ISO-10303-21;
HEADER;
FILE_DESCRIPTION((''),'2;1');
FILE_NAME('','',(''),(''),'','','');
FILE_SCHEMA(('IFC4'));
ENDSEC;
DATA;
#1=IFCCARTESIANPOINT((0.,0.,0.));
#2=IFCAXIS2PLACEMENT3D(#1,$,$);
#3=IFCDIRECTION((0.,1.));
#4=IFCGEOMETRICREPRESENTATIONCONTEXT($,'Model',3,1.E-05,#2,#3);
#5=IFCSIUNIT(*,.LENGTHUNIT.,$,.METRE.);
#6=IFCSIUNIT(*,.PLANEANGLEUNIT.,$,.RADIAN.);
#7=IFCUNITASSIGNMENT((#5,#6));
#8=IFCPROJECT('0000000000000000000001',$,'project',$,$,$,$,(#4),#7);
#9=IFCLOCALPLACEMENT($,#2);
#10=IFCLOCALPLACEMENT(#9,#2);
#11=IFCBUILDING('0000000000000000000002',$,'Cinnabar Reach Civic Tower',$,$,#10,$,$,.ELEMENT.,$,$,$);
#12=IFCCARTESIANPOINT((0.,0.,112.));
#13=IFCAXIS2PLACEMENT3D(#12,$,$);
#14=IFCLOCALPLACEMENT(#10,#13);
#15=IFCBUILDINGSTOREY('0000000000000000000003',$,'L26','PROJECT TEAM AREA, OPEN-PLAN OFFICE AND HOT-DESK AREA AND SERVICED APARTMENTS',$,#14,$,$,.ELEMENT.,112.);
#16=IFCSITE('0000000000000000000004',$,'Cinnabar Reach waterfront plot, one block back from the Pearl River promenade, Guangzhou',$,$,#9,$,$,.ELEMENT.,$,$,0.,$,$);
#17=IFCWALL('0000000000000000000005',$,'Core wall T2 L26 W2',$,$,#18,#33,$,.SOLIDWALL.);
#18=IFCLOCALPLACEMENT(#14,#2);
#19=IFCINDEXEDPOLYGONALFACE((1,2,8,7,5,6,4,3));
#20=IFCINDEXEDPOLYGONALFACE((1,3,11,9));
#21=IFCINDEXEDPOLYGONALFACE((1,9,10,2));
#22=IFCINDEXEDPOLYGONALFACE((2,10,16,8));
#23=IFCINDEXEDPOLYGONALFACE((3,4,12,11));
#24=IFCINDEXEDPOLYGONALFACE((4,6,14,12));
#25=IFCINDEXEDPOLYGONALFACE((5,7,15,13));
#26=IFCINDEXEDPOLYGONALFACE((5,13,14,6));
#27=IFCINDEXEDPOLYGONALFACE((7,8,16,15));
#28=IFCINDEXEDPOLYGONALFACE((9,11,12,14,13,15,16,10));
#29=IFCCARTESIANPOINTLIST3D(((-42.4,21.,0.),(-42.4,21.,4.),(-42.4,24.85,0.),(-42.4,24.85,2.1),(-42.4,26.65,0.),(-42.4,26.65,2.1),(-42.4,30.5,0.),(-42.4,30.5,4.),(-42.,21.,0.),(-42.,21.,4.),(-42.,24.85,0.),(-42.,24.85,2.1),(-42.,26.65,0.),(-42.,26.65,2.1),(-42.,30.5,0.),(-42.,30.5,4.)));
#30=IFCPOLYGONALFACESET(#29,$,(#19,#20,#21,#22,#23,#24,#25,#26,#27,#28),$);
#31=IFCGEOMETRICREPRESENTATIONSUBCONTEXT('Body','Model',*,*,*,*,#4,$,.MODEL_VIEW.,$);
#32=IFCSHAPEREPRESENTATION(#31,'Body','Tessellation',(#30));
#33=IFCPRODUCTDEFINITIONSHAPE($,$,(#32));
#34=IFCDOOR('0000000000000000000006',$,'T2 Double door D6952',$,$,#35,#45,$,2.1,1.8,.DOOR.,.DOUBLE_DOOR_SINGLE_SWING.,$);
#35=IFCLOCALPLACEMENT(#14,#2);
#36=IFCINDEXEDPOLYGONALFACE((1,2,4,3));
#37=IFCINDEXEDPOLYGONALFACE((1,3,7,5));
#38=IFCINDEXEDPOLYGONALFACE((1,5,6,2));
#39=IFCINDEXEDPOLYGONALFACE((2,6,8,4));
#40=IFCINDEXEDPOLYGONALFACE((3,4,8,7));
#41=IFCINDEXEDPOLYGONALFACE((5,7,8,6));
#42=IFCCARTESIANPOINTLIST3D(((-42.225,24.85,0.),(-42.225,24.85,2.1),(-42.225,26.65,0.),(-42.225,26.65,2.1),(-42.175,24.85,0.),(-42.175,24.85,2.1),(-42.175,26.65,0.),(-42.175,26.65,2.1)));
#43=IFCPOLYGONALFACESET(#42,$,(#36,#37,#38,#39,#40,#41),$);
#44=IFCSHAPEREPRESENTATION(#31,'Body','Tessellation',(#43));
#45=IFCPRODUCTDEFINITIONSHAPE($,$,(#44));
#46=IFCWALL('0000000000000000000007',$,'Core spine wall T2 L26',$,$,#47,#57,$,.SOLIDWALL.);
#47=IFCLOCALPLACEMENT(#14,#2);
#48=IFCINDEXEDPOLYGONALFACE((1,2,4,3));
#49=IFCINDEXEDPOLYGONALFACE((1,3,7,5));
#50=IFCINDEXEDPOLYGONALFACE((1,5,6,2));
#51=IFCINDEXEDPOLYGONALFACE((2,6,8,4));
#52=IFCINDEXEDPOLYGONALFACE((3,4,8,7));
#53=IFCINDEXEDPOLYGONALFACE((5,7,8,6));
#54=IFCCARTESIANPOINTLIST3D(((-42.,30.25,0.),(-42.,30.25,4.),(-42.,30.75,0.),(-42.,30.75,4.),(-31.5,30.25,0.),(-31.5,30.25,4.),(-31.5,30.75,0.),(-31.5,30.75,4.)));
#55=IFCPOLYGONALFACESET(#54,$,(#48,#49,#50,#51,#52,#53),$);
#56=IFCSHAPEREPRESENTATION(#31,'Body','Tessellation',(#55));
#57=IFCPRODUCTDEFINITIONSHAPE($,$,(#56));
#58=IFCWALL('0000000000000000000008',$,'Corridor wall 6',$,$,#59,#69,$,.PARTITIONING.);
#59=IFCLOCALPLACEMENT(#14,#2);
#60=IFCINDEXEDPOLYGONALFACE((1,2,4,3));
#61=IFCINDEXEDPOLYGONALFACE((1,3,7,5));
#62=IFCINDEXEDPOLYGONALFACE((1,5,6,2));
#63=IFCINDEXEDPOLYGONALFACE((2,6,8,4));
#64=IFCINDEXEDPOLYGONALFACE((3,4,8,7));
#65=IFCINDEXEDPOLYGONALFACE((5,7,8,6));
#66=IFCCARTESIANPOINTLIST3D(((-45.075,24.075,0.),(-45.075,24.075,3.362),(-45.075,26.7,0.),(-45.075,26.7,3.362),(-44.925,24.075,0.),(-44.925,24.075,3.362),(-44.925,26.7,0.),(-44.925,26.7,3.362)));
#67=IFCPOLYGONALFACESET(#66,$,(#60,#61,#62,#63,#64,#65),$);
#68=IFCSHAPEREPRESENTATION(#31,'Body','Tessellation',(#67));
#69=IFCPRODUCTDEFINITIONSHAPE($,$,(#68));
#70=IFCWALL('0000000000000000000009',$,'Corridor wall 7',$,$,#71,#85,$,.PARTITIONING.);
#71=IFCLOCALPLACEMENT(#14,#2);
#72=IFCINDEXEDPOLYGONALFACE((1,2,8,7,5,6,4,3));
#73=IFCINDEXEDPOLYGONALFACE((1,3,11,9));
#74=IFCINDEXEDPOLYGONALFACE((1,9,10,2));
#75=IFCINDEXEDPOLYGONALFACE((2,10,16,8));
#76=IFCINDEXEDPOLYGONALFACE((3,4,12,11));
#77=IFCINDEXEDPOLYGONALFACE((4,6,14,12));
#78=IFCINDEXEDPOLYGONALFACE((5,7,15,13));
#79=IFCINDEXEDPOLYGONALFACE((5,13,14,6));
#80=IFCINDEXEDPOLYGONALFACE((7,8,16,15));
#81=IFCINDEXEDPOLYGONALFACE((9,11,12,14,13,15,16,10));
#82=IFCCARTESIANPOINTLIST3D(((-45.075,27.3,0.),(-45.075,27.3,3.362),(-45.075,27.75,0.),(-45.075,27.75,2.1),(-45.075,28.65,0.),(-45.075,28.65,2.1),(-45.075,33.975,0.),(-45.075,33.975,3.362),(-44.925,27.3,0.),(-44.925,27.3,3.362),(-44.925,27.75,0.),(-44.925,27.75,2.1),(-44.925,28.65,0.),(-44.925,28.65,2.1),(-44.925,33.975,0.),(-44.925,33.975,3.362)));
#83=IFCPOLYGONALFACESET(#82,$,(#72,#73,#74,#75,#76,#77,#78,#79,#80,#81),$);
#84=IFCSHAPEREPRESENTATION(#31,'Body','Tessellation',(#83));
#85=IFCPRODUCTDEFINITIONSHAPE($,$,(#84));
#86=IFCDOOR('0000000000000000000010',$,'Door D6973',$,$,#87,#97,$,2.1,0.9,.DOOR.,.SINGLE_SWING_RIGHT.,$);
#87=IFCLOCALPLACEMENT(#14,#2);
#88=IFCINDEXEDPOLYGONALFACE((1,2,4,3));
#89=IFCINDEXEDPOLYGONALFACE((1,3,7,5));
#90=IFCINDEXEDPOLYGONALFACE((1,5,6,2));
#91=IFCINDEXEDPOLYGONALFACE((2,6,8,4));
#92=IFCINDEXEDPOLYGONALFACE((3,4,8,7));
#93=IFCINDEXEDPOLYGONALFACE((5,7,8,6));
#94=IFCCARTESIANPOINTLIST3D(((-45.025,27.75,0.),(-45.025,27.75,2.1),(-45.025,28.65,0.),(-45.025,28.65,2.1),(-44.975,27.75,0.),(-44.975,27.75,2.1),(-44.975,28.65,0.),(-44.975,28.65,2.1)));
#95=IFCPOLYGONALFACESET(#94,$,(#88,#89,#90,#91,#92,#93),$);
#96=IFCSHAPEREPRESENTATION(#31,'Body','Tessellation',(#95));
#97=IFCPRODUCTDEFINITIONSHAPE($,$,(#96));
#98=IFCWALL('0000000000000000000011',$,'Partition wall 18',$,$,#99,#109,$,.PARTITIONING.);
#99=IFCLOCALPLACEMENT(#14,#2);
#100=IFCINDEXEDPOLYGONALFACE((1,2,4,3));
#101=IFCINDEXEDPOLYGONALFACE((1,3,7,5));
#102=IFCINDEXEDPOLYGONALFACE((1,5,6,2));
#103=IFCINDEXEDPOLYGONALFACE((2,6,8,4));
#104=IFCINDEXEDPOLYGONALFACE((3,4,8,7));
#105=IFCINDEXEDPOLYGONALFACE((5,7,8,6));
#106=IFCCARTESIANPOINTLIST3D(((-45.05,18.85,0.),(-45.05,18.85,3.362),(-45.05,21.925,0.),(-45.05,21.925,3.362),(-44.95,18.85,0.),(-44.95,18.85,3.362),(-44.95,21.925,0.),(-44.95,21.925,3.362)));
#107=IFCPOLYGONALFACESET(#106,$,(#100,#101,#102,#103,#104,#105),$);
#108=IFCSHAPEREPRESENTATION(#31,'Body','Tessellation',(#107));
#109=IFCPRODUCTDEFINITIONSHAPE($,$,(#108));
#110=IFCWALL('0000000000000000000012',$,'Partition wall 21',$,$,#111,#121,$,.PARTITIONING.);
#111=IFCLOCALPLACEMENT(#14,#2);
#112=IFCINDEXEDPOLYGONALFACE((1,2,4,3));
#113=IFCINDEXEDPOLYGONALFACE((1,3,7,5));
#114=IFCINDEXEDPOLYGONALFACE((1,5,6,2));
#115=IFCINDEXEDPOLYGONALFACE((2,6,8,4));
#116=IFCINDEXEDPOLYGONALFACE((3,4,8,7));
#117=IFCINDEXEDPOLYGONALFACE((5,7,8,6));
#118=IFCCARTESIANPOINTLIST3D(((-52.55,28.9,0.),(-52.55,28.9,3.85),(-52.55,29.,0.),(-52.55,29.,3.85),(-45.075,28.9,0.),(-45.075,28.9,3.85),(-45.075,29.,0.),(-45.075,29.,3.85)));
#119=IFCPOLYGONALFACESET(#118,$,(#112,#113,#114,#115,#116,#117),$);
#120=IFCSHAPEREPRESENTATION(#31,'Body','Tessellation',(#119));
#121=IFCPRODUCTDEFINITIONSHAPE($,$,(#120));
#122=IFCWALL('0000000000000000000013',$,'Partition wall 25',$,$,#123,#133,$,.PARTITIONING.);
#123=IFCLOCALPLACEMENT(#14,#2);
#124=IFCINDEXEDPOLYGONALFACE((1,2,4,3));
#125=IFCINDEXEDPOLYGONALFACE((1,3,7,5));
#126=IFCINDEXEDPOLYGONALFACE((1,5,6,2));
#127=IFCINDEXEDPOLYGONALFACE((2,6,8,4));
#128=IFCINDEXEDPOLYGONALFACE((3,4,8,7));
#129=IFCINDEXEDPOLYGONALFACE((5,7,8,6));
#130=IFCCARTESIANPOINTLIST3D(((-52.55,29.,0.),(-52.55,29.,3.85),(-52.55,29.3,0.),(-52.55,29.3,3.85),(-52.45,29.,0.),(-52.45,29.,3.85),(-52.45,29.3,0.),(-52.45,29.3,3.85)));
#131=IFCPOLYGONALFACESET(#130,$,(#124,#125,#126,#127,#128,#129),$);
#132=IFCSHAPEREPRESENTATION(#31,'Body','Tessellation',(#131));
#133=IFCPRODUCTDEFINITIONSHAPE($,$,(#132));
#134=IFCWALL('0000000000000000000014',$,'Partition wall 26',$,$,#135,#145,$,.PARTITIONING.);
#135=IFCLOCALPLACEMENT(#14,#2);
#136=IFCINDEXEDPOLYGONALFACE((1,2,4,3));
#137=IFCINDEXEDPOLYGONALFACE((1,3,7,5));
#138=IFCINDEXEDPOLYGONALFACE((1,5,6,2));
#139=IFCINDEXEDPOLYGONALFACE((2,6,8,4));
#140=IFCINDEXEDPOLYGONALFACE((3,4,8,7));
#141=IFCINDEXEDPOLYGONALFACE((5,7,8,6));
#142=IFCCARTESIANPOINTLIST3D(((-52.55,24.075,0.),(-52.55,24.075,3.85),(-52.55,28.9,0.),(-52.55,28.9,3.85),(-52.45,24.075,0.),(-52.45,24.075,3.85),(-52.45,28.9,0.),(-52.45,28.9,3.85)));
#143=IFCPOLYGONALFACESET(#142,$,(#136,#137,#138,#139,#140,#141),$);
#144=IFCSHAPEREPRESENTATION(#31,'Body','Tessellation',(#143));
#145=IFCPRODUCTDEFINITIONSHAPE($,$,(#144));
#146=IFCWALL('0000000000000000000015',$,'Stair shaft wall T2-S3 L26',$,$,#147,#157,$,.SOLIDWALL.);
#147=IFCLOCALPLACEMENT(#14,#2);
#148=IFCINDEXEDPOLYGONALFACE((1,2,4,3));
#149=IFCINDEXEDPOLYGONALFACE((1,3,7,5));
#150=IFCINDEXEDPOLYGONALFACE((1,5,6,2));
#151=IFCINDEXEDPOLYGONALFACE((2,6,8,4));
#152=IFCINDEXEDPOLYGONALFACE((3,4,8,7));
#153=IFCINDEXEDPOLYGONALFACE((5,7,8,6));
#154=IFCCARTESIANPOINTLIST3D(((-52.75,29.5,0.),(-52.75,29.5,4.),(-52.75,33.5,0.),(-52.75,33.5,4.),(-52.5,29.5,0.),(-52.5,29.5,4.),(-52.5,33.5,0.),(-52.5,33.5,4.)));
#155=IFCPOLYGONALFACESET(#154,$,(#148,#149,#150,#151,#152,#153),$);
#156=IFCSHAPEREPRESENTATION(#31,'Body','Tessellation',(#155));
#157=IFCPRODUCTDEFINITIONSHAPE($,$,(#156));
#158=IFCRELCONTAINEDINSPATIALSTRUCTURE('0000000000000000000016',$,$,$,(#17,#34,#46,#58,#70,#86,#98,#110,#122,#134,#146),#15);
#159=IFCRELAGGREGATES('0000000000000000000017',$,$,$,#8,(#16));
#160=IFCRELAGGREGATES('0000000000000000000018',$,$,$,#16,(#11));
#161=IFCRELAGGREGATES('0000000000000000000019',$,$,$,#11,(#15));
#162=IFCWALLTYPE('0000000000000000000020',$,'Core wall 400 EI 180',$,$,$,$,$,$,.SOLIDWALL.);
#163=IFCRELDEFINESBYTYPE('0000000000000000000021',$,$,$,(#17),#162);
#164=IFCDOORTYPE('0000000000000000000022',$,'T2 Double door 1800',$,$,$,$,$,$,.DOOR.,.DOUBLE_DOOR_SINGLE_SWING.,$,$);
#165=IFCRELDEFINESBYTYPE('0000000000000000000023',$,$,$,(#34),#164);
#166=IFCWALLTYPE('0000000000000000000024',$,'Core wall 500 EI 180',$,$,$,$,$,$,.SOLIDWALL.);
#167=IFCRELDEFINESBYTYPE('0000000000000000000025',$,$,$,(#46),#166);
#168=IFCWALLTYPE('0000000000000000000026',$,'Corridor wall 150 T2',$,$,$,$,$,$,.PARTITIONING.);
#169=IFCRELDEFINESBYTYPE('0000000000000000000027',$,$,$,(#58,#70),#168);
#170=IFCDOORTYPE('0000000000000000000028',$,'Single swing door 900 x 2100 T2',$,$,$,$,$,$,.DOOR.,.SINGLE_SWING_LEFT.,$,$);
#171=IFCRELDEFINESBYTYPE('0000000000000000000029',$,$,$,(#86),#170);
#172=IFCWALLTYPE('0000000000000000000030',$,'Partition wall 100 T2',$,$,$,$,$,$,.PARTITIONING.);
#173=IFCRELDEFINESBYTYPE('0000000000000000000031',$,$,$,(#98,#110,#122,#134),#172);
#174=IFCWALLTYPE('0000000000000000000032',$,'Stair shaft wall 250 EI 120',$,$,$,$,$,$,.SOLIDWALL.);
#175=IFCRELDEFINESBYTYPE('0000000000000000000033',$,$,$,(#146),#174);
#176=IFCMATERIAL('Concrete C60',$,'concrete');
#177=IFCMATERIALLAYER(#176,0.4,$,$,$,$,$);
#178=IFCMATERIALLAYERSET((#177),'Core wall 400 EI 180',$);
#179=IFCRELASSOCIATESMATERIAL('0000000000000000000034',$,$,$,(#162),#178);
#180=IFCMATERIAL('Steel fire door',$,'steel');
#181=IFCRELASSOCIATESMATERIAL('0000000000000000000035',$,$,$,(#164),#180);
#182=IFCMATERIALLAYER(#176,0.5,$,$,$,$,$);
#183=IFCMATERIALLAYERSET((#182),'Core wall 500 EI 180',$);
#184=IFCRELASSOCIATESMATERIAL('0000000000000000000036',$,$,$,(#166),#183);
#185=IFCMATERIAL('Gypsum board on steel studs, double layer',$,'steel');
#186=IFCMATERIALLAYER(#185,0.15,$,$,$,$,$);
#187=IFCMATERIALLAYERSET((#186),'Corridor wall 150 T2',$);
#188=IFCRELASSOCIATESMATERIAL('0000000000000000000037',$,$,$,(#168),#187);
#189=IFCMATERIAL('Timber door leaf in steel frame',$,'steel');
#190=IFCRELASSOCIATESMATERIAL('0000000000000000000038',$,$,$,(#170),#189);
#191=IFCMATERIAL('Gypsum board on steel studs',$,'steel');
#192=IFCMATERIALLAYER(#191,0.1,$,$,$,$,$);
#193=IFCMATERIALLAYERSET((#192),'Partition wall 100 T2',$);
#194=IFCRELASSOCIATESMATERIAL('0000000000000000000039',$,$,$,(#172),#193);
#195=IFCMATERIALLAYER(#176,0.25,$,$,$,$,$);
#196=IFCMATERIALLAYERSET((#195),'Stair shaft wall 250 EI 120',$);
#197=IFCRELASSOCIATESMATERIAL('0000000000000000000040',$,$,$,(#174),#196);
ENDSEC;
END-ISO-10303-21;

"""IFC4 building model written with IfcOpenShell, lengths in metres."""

from ifc_helpers import new_model, si_unit, direction, frame, frame_2d, origin, place, context, subcontext, project, spatial, rectangle, extrude, material, layer, layer_set, type_object, element, fill, save


model = new_model("IFC4")

# Units and contexts
model_context = context("Model", 3, precision=1e-05, world=origin(), true_north=direction((0.0, 1.0)))
body_context = subcontext(model_context, "Body", "Model", "MODEL_VIEW")
ifc_project = project(units=[si_unit("LENGTHUNIT", "METRE"), si_unit("PLANEANGLEUNIT", "RADIAN")], contexts=[model_context])

# Site, building, storey
site_placement = place(None, origin())
site = spatial("IfcSite", under=ifc_project, at=site_placement, Name="Cinnabar Reach waterfront plot, one block back from the Pearl River promenade, Guangzhou", CompositionType="ELEMENT", RefElevation=0.0)
building_placement = place(site_placement, origin())
building = spatial("IfcBuilding", under=site, at=building_placement, Name="Cinnabar Reach Civic Tower", CompositionType="ELEMENT")
storey_placement = place(building_placement, frame((0.0, 0.0, 112.0)))
storey = spatial("IfcBuildingStorey", under=building, at=storey_placement, Name="L26", Description="PROJECT TEAM AREA, OPEN-PLAN OFFICE AND HOT-DESK AREA AND SERVICED APARTMENTS", CompositionType="ELEMENT", Elevation=112.0)

# Shared definitions
ifc_material_1 = material(Name="Concrete C60", Category="concrete")

# Shared definitions
ifc_layer_1 = layer(ifc_material_1, 0.4)
ifc_layer_set_1 = layer_set([ifc_layer_1], Name="Core wall 400 EI 180")
wall_type_1 = type_object("IfcWallType", Name="Core wall 400 EI 180", PredefinedType="SOLIDWALL", material=ifc_layer_set_1)

# Wall, opening, door
wall_1_placement = place(storey_placement, frame((-42.2, 30.5, 0.0), z_axis=(0.0, 0.0, 1.0), x_axis=(0.0, -1.0, 0.0)))
wall_1 = element("IfcWall", 1, at=wall_1_placement, inside=storey, type_object=wall_type_1, Name="Core wall T2 L26 W2", PredefinedType="SOLIDWALL", context=body_context, shape_type="SweptSolid", body=[
    extrude(rectangle(XDim=9.5, YDim=0.4, at=frame_2d((4.75, 0.0))), origin(), (0.0, 0.0, 1.0), 4.0),
])
opening_1_placement = place(wall_1_placement, frame((3.85, 0.0, 0.0)))
opening_1 = element("IfcOpeningElement", 2, at=opening_1_placement, cuts=wall_1, PredefinedType="OPENING", context=body_context, shape_type="SweptSolid", body=[
    extrude(rectangle(XDim=1.8, YDim=2.1, at=frame_2d((0.9, 1.05))), frame((0.0, 0.21, 0.0), z_axis=(0.0, -1.0, 0.0), x_axis=(1.0, 0.0, 0.0)), (0.0, 0.0, 1.0), 0.42),
])
ifc_material_2 = material(Name="Steel fire door", Category="steel")
door_type_1 = type_object("IfcDoorType", Name="T2 Double door 1800", OperationType="DOUBLE_DOOR_SINGLE_SWING", PredefinedType="DOOR", material=ifc_material_2)
door_1_placement = place(opening_1_placement, origin())
door_1 = element("IfcDoor", 3, at=door_1_placement, inside=storey, type_object=door_type_1, Name="T2 Double door D6952", OperationType="DOUBLE_DOOR_SINGLE_SWING", OverallHeight=2.1, OverallWidth=1.8, PredefinedType="DOOR", context=body_context, shape_type="SweptSolid", body=[
    extrude(rectangle(XDim=1.8, YDim=2.1, at=frame_2d((0.9, 1.05))), frame((0.0, 0.025, 0.0), z_axis=(0.0, -1.0, 0.0), x_axis=(1.0, 0.0, 0.0)), (0.0, 0.0, 1.0), 0.05),
])
fill(opening_1, door_1)

# Walls
ifc_layer_2 = layer(ifc_material_1, 0.5)
ifc_layer_set_2 = layer_set([ifc_layer_2], Name="Core wall 500 EI 180")
wall_type_2 = type_object("IfcWallType", Name="Core wall 500 EI 180", PredefinedType="SOLIDWALL", material=ifc_layer_set_2)
wall_2_placement = place(storey_placement, frame((-42.0, 30.5, 0.0), z_axis=(0.0, 0.0, 1.0), x_axis=(1.0, 0.0, 0.0)))
element("IfcWall", 4, at=wall_2_placement, inside=storey, type_object=wall_type_2, Name="Core spine wall T2 L26", PredefinedType="SOLIDWALL", context=body_context, shape_type="SweptSolid", body=[
    extrude(rectangle(XDim=10.5, YDim=0.5, at=frame_2d((5.25, 0.0))), origin(), (0.0, 0.0, 1.0), 4.0),
])
ifc_material_3 = material(Name="Gypsum board on steel studs, double layer", Category="steel")
ifc_layer_3 = layer(ifc_material_3, 0.15)
ifc_layer_set_3 = layer_set([ifc_layer_3], Name="Corridor wall 150 T2")
wall_type_3 = type_object("IfcWallType", Name="Corridor wall 150 T2", PredefinedType="PARTITIONING", material=ifc_layer_set_3)
wall_3_placement = place(storey_placement, frame((-45.0, 24.075, 0.0), z_axis=(0.0, 0.0, 1.0), x_axis=(0.0, 1.0, 0.0)))
element("IfcWall", 5, at=wall_3_placement, inside=storey, type_object=wall_type_3, Name="Corridor wall 6", PredefinedType="PARTITIONING", context=body_context, shape_type="SweptSolid", body=[
    extrude(rectangle(XDim=2.625, YDim=0.15, at=frame_2d((1.3125, 0.0))), origin(), (0.0, 0.0, 1.0), 3.362),
])

# Wall, opening, door
wall_4_placement = place(storey_placement, frame((-45.0, 27.3, 0.0), z_axis=(0.0, 0.0, 1.0), x_axis=(0.0, 1.0, 0.0)))
wall_4 = element("IfcWall", 6, at=wall_4_placement, inside=storey, type_object=wall_type_3, Name="Corridor wall 7", PredefinedType="PARTITIONING", context=body_context, shape_type="SweptSolid", body=[
    extrude(rectangle(XDim=6.675, YDim=0.15, at=frame_2d((3.3375, 0.0))), origin(), (0.0, 0.0, 1.0), 3.362),
])
opening_2_placement = place(wall_4_placement, frame((0.45, 0.0, 0.0)))
opening_2 = element("IfcOpeningElement", 7, at=opening_2_placement, cuts=wall_4, PredefinedType="OPENING", context=body_context, shape_type="SweptSolid", body=[
    extrude(rectangle(XDim=0.9, YDim=2.1, at=frame_2d((0.45, 1.05))), frame((0.0, 0.085, 0.0), z_axis=(0.0, -1.0, 0.0), x_axis=(1.0, 0.0, 0.0)), (0.0, 0.0, 1.0), 0.17),
])
ifc_material_4 = material(Name="Timber door leaf in steel frame", Category="steel")
door_type_2 = type_object("IfcDoorType", Name="Single swing door 900 x 2100 T2", OperationType="SINGLE_SWING_LEFT", PredefinedType="DOOR", material=ifc_material_4)
door_2_placement = place(opening_2_placement, origin())
door_2 = element("IfcDoor", 8, at=door_2_placement, inside=storey, type_object=door_type_2, Name="Door D6973", OperationType="SINGLE_SWING_RIGHT", OverallHeight=2.1, OverallWidth=0.9, PredefinedType="DOOR", context=body_context, shape_type="SweptSolid", body=[
    extrude(rectangle(XDim=0.9, YDim=2.1, at=frame_2d((0.45, 1.05))), frame((0.0, 0.025, 0.0), z_axis=(0.0, -1.0, 0.0), x_axis=(1.0, 0.0, 0.0)), (0.0, 0.0, 1.0), 0.05),
])
fill(opening_2, door_2)

# Walls
ifc_material_5 = material(Name="Gypsum board on steel studs", Category="steel")
ifc_layer_4 = layer(ifc_material_5, 0.1)
ifc_layer_set_4 = layer_set([ifc_layer_4], Name="Partition wall 100 T2")
wall_type_4 = type_object("IfcWallType", Name="Partition wall 100 T2", PredefinedType="PARTITIONING", material=ifc_layer_set_4)
wall_5_placement = place(storey_placement, frame((-45.0, 18.85, 0.0), z_axis=(0.0, 0.0, 1.0), x_axis=(0.0, 1.0, 0.0)))
element("IfcWall", 9, at=wall_5_placement, inside=storey, type_object=wall_type_4, Name="Partition wall 18", PredefinedType="PARTITIONING", context=body_context, shape_type="SweptSolid", body=[
    extrude(rectangle(XDim=3.075, YDim=0.1, at=frame_2d((1.5375, 0.0))), origin(), (0.0, 0.0, 1.0), 3.362),
])
wall_6_placement = place(storey_placement, frame((-52.55, 28.95, 0.0), z_axis=(0.0, 0.0, 1.0), x_axis=(1.0, 0.0, 0.0)))
element("IfcWall", 10, at=wall_6_placement, inside=storey, type_object=wall_type_4, Name="Partition wall 21", PredefinedType="PARTITIONING", context=body_context, shape_type="SweptSolid", body=[
    extrude(rectangle(XDim=7.475, YDim=0.1, at=frame_2d((3.7375, 0.0))), origin(), (0.0, 0.0, 1.0), 3.85),
])
wall_7_placement = place(storey_placement, frame((-52.5, 29.0, 0.0), z_axis=(0.0, 0.0, 1.0), x_axis=(0.0, 1.0, 0.0)))
element("IfcWall", 11, at=wall_7_placement, inside=storey, type_object=wall_type_4, Name="Partition wall 25", PredefinedType="PARTITIONING", context=body_context, shape_type="SweptSolid", body=[
    extrude(rectangle(XDim=0.3, YDim=0.1, at=frame_2d((0.15, 0.0))), origin(), (0.0, 0.0, 1.0), 3.85),
])
wall_8_placement = place(storey_placement, frame((-52.5, 24.075, 0.0), z_axis=(0.0, 0.0, 1.0), x_axis=(0.0, 1.0, 0.0)))
element("IfcWall", 12, at=wall_8_placement, inside=storey, type_object=wall_type_4, Name="Partition wall 26", PredefinedType="PARTITIONING", context=body_context, shape_type="SweptSolid", body=[
    extrude(rectangle(XDim=4.825, YDim=0.1, at=frame_2d((2.4125, 0.0))), origin(), (0.0, 0.0, 1.0), 3.85),
])
ifc_layer_5 = layer(ifc_material_1, 0.25)
ifc_layer_set_5 = layer_set([ifc_layer_5], Name="Stair shaft wall 250 EI 120")
wall_type_5 = type_object("IfcWallType", Name="Stair shaft wall 250 EI 120", PredefinedType="SOLIDWALL", material=ifc_layer_set_5)
wall_9_placement = place(storey_placement, frame((-52.625, 29.5, 0.0), z_axis=(0.0, 0.0, 1.0), x_axis=(0.0, 1.0, 0.0)))
element("IfcWall", 13, at=wall_9_placement, inside=storey, type_object=wall_type_5, Name="Stair shaft wall T2-S3 L26", PredefinedType="SOLIDWALL", context=body_context, shape_type="SweptSolid", body=[
    extrude(rectangle(XDim=4.0, YDim=0.25, at=frame_2d((2.0, 0.0))), origin(), (0.0, 0.0, 1.0), 4.0),
])

save(model, "model.ifc")
